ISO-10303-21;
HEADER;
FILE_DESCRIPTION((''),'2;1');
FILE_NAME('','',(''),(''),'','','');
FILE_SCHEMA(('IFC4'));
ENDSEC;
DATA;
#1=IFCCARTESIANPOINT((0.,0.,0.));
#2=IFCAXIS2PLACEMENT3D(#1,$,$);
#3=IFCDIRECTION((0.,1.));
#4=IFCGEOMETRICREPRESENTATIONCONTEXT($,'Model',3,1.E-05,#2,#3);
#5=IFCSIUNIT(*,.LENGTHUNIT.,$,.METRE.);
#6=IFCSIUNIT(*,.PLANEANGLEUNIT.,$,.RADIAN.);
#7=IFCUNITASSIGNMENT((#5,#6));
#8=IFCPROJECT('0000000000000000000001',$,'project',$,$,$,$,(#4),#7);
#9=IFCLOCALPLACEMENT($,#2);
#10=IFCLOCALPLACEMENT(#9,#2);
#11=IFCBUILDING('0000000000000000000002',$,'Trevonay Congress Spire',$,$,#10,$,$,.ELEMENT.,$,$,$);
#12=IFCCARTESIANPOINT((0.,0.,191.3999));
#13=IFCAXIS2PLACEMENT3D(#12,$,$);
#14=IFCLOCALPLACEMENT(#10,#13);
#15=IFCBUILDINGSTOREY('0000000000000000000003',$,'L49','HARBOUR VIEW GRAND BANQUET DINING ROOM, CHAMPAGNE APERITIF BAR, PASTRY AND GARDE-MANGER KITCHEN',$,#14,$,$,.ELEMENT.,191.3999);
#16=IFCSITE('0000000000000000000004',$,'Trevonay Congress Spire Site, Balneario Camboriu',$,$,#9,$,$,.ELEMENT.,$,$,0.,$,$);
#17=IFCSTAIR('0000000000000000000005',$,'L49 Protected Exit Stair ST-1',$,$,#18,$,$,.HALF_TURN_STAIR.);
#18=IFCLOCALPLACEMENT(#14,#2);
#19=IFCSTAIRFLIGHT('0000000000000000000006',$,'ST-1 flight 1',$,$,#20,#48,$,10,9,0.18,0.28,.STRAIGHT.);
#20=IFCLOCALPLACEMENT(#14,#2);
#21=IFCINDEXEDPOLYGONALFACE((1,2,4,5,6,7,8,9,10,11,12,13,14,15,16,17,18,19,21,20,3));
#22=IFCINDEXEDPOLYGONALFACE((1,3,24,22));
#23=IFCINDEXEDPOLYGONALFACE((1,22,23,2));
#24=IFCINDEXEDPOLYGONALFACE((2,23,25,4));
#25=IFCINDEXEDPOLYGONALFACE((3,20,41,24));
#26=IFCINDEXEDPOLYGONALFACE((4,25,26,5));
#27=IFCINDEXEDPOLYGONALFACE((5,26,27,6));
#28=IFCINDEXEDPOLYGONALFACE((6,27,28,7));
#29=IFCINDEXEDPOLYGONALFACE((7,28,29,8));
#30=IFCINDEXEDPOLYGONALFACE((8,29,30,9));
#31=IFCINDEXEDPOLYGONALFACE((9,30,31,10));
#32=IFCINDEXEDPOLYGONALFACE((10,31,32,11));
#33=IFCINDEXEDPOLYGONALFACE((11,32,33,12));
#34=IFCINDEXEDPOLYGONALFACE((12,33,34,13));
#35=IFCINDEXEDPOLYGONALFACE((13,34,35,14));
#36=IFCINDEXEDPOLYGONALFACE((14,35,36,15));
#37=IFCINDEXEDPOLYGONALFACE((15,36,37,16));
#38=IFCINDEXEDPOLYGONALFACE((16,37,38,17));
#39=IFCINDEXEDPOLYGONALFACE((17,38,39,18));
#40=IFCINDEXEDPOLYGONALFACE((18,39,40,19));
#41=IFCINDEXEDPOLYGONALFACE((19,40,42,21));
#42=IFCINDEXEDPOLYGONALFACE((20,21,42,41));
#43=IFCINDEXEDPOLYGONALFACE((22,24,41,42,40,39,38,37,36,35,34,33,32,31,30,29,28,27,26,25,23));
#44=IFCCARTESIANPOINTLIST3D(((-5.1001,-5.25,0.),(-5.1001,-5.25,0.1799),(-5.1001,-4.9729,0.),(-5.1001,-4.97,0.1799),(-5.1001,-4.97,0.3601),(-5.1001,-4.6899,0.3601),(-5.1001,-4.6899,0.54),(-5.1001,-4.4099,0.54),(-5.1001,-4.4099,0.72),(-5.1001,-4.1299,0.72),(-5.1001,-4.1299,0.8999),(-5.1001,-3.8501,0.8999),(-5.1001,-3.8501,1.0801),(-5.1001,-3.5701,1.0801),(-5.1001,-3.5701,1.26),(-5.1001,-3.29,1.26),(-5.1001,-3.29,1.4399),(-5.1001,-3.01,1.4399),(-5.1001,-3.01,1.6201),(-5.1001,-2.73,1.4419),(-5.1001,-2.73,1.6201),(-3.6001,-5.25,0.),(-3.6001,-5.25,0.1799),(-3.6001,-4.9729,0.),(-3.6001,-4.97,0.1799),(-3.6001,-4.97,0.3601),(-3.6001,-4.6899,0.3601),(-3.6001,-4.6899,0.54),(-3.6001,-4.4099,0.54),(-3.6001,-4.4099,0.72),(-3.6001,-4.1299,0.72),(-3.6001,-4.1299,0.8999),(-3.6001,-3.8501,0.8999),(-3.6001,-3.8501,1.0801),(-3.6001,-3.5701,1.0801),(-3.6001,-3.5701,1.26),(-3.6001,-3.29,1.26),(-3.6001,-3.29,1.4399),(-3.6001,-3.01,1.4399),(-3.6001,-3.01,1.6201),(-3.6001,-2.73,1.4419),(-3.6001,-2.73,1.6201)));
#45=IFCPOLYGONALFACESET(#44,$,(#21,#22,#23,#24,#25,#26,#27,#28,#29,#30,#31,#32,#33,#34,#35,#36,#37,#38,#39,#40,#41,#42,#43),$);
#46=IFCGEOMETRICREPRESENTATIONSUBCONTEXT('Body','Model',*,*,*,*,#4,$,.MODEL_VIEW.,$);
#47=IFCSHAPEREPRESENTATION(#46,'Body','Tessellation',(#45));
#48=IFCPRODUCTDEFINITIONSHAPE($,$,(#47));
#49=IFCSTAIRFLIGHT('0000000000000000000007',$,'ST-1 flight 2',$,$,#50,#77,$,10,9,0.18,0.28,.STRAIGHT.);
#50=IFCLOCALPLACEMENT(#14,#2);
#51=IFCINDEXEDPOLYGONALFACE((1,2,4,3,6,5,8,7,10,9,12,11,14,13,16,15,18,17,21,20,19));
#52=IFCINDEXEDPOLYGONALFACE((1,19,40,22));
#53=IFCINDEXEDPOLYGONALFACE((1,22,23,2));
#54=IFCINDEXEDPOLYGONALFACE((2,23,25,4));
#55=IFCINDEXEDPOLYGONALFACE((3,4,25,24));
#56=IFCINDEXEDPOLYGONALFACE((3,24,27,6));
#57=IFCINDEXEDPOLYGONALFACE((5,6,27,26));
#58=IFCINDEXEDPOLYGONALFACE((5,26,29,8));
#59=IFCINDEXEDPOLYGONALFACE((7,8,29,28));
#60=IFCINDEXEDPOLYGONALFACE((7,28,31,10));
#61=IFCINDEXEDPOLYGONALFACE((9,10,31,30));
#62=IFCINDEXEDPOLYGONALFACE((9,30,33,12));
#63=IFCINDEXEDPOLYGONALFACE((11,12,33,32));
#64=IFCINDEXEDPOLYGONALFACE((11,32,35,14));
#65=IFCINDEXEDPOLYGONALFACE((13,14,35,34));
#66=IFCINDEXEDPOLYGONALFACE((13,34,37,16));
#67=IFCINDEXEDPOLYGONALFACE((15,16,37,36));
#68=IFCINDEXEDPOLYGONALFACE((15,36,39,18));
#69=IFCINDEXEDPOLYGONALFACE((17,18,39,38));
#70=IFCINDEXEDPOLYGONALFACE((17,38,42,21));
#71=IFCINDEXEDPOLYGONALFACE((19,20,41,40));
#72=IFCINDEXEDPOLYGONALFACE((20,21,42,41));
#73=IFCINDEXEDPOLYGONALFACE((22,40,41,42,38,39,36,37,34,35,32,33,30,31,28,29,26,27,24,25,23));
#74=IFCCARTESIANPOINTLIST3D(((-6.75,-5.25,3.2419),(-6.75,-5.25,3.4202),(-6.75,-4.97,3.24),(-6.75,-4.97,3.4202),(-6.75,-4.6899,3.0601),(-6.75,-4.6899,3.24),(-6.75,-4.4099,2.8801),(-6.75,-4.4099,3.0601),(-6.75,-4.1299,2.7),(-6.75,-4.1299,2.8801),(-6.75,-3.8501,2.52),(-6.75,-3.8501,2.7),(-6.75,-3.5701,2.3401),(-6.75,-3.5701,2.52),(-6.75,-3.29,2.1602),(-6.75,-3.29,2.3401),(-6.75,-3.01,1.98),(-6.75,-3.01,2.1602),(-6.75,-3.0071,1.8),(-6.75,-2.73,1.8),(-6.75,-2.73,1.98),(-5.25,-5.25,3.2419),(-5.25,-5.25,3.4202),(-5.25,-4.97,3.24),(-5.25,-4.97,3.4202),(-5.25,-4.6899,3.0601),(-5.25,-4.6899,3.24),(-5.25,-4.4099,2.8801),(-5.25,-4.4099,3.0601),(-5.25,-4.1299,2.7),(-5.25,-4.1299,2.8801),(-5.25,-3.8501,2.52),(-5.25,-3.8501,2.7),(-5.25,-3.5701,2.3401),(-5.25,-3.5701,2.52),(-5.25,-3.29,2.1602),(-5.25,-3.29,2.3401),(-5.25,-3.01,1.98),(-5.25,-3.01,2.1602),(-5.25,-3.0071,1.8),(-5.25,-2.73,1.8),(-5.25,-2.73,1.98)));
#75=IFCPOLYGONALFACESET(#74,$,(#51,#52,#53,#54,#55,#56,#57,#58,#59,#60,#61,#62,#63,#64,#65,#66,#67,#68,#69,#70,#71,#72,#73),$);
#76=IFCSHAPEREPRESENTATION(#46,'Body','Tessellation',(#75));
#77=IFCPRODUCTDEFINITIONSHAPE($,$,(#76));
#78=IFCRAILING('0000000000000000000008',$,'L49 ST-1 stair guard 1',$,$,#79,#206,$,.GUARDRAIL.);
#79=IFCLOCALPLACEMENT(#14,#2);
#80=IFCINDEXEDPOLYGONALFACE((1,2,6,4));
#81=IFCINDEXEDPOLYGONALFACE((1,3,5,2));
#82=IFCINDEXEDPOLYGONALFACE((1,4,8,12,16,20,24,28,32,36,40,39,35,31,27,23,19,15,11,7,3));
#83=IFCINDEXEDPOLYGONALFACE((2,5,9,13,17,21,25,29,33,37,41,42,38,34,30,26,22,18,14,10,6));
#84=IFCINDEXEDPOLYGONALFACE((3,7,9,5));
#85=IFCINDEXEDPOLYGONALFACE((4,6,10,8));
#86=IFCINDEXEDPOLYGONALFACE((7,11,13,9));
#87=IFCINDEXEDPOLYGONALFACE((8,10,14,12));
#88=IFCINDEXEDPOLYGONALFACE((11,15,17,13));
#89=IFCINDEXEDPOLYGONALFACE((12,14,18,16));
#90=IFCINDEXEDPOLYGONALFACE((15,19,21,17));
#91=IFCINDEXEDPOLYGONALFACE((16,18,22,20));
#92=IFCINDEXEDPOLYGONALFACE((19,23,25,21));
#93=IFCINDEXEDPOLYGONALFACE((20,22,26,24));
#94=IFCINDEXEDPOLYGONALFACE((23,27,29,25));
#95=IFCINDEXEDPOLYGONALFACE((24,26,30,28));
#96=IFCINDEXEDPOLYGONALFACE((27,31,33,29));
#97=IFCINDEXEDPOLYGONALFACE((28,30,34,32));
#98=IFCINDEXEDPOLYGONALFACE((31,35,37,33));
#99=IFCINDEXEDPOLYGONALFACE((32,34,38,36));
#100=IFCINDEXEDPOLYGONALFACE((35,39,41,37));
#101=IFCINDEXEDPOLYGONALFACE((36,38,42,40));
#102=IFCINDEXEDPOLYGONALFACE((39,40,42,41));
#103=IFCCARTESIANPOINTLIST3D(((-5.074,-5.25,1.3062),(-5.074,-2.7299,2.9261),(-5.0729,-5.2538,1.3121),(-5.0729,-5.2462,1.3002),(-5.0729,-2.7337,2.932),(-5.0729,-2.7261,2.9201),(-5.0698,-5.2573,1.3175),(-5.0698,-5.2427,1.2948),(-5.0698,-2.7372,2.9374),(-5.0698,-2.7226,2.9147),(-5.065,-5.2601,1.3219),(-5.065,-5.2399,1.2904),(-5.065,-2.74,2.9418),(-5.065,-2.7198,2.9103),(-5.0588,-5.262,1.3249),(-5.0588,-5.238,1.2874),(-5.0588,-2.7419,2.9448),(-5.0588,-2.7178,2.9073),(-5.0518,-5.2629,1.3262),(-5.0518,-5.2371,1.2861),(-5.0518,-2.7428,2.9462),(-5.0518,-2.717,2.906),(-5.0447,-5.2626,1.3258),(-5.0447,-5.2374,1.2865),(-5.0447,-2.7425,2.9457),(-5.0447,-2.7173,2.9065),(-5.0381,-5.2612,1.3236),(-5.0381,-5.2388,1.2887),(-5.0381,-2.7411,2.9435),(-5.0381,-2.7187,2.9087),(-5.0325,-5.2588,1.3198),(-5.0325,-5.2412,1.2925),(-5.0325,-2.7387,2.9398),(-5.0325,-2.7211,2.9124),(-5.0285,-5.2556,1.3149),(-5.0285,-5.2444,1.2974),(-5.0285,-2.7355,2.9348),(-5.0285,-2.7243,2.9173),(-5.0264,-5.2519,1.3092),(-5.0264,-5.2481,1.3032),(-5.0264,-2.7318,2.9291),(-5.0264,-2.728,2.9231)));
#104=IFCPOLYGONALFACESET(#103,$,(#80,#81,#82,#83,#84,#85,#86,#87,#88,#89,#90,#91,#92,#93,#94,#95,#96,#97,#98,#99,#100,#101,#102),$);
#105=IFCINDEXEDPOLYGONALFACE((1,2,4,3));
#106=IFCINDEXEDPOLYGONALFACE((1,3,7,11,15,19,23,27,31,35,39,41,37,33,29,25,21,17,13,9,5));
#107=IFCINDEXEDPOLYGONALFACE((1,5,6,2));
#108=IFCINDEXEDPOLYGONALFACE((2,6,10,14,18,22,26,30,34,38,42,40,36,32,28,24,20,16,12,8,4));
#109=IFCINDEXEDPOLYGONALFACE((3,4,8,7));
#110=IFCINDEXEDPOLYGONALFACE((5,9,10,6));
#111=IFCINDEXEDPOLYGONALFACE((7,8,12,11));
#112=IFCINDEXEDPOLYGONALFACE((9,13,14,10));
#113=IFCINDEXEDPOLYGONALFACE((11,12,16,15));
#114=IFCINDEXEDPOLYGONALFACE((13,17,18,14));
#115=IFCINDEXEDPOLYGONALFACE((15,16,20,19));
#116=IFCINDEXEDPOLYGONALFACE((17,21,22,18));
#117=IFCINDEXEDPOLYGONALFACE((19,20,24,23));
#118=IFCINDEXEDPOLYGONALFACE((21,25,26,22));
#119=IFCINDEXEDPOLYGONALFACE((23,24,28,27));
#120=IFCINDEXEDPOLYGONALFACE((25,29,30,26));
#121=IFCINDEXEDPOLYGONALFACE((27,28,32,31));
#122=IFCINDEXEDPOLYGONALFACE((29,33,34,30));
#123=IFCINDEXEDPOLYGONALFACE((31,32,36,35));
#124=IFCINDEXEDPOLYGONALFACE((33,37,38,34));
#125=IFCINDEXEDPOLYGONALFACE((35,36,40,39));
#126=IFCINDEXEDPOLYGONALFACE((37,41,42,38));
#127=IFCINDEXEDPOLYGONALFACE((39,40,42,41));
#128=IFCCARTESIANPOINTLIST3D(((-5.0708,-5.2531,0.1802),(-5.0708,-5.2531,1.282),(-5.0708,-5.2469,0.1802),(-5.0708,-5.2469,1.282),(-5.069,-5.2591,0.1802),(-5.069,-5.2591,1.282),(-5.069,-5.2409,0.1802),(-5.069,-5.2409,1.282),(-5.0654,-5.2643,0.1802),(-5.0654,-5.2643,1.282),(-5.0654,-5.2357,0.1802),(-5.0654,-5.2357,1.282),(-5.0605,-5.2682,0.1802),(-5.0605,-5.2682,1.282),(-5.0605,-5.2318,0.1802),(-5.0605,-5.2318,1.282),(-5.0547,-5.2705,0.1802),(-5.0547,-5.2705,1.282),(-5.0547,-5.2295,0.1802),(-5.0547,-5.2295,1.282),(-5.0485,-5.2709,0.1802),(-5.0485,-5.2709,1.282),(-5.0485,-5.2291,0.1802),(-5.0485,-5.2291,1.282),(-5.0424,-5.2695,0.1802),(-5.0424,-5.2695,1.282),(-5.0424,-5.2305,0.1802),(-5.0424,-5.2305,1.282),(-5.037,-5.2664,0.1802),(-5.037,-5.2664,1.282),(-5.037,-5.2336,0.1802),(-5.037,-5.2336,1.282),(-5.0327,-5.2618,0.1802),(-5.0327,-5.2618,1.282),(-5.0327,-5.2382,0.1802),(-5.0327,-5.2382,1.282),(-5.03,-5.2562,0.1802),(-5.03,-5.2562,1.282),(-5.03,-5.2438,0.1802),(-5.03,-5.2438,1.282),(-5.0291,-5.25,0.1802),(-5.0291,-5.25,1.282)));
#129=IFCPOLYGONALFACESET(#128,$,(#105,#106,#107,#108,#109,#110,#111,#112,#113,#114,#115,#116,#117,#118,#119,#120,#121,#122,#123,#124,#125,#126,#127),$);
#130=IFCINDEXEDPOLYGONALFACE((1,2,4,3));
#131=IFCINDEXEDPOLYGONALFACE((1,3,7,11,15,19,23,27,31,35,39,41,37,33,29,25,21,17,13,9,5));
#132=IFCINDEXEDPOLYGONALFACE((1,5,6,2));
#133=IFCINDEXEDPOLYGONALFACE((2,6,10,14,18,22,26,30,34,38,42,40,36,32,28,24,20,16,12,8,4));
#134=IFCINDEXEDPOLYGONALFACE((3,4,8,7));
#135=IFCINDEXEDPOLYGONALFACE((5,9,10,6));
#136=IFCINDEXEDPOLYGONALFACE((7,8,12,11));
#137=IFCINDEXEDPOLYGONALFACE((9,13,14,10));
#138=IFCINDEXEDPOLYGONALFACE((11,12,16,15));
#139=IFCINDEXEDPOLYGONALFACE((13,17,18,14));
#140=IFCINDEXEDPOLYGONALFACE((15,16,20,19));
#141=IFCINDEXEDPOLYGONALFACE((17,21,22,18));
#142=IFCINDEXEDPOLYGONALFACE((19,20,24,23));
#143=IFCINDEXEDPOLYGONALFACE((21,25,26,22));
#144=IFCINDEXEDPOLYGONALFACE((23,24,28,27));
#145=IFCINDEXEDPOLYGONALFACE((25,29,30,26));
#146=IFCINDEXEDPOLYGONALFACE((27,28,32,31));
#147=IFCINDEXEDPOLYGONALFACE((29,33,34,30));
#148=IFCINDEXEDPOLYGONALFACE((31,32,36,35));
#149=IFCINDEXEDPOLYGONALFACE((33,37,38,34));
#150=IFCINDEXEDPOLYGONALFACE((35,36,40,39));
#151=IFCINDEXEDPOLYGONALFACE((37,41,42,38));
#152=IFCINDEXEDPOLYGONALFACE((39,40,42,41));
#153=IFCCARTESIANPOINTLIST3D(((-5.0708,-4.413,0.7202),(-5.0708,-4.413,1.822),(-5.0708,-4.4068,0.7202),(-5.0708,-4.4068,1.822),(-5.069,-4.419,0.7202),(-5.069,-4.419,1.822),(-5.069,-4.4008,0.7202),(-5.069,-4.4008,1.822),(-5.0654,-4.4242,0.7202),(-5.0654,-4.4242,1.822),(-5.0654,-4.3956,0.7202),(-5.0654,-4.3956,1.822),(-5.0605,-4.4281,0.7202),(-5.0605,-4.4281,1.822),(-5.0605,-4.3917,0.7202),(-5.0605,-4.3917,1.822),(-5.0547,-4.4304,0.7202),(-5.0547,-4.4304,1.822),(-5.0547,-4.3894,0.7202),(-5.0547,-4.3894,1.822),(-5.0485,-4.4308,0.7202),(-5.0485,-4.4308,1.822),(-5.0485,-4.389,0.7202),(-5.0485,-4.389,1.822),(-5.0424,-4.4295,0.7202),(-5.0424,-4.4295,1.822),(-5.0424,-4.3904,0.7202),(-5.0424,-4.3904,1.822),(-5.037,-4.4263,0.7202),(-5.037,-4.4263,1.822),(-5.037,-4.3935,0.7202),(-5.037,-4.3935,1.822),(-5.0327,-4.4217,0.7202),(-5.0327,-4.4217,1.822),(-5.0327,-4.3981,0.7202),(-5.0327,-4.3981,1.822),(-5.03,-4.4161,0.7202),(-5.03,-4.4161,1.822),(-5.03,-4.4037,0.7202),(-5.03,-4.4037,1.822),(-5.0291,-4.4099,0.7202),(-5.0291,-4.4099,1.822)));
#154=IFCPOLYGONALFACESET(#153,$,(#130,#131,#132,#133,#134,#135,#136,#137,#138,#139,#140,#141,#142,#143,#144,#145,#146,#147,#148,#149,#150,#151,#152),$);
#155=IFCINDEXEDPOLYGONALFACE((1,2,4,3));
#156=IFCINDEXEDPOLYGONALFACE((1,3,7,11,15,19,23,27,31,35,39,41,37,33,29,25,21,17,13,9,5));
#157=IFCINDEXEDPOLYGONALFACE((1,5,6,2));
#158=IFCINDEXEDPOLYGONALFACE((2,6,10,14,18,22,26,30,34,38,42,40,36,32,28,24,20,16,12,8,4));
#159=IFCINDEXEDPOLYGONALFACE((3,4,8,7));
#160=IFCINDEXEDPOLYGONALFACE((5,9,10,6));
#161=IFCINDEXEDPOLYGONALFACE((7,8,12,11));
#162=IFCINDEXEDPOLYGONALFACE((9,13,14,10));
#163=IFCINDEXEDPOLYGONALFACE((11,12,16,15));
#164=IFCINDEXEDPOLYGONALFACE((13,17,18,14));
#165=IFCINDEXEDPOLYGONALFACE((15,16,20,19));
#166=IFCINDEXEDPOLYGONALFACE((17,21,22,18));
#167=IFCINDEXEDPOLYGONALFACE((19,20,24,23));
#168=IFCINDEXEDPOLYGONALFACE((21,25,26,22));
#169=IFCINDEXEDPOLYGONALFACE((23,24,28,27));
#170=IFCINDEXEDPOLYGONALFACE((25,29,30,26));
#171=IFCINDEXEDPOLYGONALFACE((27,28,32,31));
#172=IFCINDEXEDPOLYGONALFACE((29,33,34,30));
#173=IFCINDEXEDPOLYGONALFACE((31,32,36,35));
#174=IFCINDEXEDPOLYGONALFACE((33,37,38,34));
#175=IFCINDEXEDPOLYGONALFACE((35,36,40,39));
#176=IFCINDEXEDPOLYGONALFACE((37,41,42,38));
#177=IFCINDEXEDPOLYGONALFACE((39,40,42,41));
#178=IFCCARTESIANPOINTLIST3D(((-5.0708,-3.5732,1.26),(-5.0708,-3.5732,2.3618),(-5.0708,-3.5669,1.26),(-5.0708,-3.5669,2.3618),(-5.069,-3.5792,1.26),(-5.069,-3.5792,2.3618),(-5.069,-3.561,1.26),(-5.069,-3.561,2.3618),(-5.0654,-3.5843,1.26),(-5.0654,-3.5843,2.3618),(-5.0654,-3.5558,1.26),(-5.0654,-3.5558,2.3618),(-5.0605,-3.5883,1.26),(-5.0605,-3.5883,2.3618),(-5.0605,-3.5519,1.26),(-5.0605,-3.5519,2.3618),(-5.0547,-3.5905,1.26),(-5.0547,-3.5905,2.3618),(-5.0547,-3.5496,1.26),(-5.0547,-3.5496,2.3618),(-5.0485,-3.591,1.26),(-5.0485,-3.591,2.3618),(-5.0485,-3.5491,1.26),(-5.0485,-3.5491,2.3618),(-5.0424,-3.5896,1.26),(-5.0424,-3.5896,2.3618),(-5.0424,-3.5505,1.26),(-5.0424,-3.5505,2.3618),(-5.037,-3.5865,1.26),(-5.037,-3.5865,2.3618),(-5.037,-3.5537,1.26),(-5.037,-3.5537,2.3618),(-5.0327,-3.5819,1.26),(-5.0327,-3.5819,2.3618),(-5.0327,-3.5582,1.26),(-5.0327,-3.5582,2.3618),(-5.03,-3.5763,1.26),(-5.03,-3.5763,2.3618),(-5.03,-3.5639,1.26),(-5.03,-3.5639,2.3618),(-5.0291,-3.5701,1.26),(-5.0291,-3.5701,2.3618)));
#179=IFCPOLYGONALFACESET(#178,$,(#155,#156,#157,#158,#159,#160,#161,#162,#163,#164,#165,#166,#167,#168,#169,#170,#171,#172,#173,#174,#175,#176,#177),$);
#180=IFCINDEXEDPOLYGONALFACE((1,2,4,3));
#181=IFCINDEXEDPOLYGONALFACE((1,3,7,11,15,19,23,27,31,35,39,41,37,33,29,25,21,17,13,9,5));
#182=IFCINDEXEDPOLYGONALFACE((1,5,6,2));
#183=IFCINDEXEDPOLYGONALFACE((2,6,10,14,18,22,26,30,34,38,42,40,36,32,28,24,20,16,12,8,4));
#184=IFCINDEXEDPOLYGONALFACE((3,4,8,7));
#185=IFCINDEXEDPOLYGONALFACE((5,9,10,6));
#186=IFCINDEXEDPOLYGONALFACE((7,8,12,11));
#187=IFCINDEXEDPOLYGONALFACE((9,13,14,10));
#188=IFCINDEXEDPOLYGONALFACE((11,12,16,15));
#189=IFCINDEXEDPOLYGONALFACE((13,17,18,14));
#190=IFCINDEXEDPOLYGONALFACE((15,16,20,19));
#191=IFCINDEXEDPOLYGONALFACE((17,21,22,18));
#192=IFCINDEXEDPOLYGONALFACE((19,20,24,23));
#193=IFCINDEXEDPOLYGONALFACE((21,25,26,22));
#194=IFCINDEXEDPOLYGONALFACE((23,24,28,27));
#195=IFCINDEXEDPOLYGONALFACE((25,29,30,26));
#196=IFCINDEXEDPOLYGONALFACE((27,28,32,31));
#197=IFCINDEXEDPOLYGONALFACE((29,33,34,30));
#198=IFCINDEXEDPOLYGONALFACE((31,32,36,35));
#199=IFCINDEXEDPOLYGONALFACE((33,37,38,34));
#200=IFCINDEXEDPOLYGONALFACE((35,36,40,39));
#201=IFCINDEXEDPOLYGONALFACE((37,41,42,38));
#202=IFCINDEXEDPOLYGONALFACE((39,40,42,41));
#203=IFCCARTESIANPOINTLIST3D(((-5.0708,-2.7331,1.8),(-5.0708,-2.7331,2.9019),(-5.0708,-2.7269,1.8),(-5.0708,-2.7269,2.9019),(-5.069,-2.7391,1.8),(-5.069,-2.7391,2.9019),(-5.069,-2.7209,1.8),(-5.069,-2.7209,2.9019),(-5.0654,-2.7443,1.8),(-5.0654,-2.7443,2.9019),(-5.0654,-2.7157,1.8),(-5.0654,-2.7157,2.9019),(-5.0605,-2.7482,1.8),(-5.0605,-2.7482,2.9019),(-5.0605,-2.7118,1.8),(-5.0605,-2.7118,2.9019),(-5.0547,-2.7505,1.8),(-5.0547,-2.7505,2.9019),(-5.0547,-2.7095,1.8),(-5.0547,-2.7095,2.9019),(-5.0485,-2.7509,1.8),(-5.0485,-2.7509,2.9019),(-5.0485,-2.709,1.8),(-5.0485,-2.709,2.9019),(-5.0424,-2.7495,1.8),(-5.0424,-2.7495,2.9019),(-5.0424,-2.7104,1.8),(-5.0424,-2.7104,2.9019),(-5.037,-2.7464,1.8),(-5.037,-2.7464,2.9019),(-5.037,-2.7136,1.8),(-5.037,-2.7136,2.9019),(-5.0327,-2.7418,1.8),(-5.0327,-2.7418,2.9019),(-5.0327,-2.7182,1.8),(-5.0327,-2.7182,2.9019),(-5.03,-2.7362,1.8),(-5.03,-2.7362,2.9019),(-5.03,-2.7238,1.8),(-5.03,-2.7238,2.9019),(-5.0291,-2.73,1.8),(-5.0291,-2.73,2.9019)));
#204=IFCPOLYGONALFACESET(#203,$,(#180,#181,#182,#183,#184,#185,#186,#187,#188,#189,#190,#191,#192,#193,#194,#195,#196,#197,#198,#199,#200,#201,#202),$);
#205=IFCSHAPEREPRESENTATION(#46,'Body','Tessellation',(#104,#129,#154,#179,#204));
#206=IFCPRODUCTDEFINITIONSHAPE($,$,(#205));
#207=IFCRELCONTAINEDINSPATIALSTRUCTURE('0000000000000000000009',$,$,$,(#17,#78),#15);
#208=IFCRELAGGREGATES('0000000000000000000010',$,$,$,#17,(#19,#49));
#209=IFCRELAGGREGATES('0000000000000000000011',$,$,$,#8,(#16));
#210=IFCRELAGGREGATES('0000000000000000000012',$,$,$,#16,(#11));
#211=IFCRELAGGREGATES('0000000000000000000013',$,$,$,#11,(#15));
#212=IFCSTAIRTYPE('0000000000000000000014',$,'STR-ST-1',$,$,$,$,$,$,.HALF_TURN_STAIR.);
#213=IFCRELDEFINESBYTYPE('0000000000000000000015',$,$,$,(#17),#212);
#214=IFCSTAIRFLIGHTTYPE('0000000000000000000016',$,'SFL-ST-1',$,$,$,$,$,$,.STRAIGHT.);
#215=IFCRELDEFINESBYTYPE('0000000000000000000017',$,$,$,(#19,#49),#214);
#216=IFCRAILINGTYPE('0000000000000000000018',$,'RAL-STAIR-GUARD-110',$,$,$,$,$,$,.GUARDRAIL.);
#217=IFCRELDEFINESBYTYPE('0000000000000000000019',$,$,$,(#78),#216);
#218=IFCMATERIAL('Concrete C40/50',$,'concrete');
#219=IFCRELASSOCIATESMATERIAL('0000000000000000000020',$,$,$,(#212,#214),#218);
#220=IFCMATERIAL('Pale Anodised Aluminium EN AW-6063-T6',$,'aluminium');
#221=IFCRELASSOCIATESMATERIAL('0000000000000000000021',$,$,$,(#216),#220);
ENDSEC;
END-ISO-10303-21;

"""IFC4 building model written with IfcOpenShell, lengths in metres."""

from ifc_helpers import new_model, si_unit, direction, frame, origin, origin_2d, place, context, subcontext, project, spatial, polyline, circle, outline, extrude, material, type_object, element, aggregate, save


model = new_model("IFC4")

# Units and contexts
model_context = context("Model", 3, precision=1e-05, world=origin(), true_north=direction((0.0, 1.0)))
body_context = subcontext(model_context, "Body", "Model", "MODEL_VIEW")
ifc_project = project(units=[si_unit("LENGTHUNIT", "METRE"), si_unit("PLANEANGLEUNIT", "RADIAN")], contexts=[model_context])

# Site, building, storey
site_placement = place(None, origin())
site = spatial("IfcSite", under=ifc_project, at=site_placement, Name="Trevonay Congress Spire Site, Balneario Camboriu", CompositionType="ELEMENT", RefElevation=0.0)
building_placement = place(site_placement, origin())
building = spatial("IfcBuilding", under=site, at=building_placement, Name="Trevonay Congress Spire", CompositionType="ELEMENT")
storey_placement = place(building_placement, frame((0.0, 0.0, 191.3999)))
storey = spatial("IfcBuildingStorey", under=building, at=storey_placement, Name="L49", Description="HARBOUR VIEW GRAND BANQUET DINING ROOM, CHAMPAGNE APERITIF BAR, PASTRY AND GARDE-MANGER KITCHEN", CompositionType="ELEMENT", Elevation=191.3999)

# Shared definitions
ifc_material_1 = material(Name="Concrete C40/50", Category="concrete")

# Stair, stair flights
stair_type = type_object("IfcStairType", Name="STR-ST-1", PredefinedType="HALF_TURN_STAIR", material=ifc_material_1)
stair_placement = place(storey_placement, origin())
stair = element("IfcStair", 1, at=stair_placement, inside=storey, type_object=stair_type, Name="L49 Protected Exit Stair ST-1", PredefinedType="HALF_TURN_STAIR")
stair_flight_type = type_object("IfcStairFlightType", Name="SFL-ST-1", PredefinedType="STRAIGHT", material=ifc_material_1)
stair_flight_1_placement = place(storey_placement, frame((-4.3501, -5.25, 0.0), z_axis=(0.0, 0.0, 1.0), x_axis=(0.0, 1.0, 0.0)))
stair_flight_1 = element("IfcStairFlight", 2, at=stair_flight_1_placement, type_object=stair_flight_type, Name="ST-1 flight 1", NumberOfRisers=10, NumberOfTreads=9, PredefinedType="STRAIGHT", RiserHeight=0.18, TreadLength=0.28, context=body_context, shape_type="SweptSolid", body=[
    extrude(outline(polyline([(0.0, 0.0), (0.0, 0.1799), (0.28, 0.1799), (0.28, 0.3601), (0.5601, 0.3601), (0.5601, 0.54), (0.8401, 0.54), (0.8401, 0.72), (1.1201, 0.72), (1.1201, 0.8999), (1.3999, 0.8999), (1.3999, 1.0801), (1.6799, 1.0801), (1.6799, 1.26), (1.96, 1.26), (1.96, 1.4399), (2.24, 1.4399), (2.24, 1.6201), (2.52, 1.6201), (2.52, 1.8), (2.52, 1.4419), (0.2771, 0.0), (0.0, 0.0)])), frame((0.0, 0.75, 0.0), z_axis=(0.0, -1.0, 0.0), x_axis=(1.0, 0.0, 0.0)), (0.0, 0.0, 1.0), 1.5),
])
stair_flight_2_placement = place(storey_placement, frame((-6.0, -2.73, 1.8), z_axis=(0.0, 0.0, 1.0), x_axis=(0.0, -1.0, 0.0)))
stair_flight_2 = element("IfcStairFlight", 3, at=stair_flight_2_placement, type_object=stair_flight_type, Name="ST-1 flight 2", NumberOfRisers=10, NumberOfTreads=9, PredefinedType="STRAIGHT", RiserHeight=0.18, TreadLength=0.28, context=body_context, shape_type="SweptSolid", body=[
    extrude(outline(polyline([(0.0, 0.0), (0.0, 0.1799), (0.28, 0.1799), (0.28, 0.3601), (0.5601, 0.3601), (0.5601, 0.54), (0.8401, 0.54), (0.8401, 0.72), (1.1201, 0.72), (1.1201, 0.8999), (1.3999, 0.8999), (1.3999, 1.0801), (1.6799, 1.0801), (1.6799, 1.26), (1.96, 1.26), (1.96, 1.4399), (2.24, 1.4399), (2.24, 1.6201), (2.52, 1.6201), (2.52, 1.8), (2.52, 1.4419), (0.2771, 0.0), (0.0, 0.0)])), frame((0.0, 0.75, 0.0), z_axis=(0.0, -1.0, 0.0), x_axis=(1.0, 0.0, 0.0)), (0.0, 0.0, 1.0), 1.5),
])
aggregate(stair, [stair_flight_1, stair_flight_2])

# Railing
ifc_material_2 = material(Name="Pale Anodised Aluminium EN AW-6063-T6", Category="aluminium")
railing_type_1 = type_object("IfcRailingType", Name="RAL-STAIR-GUARD-110", PredefinedType="GUARDRAIL", material=ifc_material_2)
railing_1_placement = place(storey_placement, frame((-5.05, -5.25, 0.1802)))
element("IfcRailing", 4, at=railing_1_placement, inside=storey, type_object=railing_type_1, Name="L49 ST-1 stair guard 1", PredefinedType="GUARDRAIL", context=body_context, shape_type="SweptSolid", body=[
    extrude(circle(Radius=0.0239, at=origin_2d()), frame((0.0, 0.0, 1.126), z_axis=(0.0, 0.8412, 0.540725), x_axis=(-1.0, 0.0, 0.0)), (0.0, 0.0, 1.0), 2.9958),
    extrude(circle(Radius=0.021, at=origin_2d()), origin(), (0.0, 0.0, 1.0), 1.1018),
    extrude(circle(Radius=0.021, at=origin_2d()), frame((0.0, 0.8401, 0.54)), (0.0, 0.0, 1.0), 1.1018),
    extrude(circle(Radius=0.021, at=origin_2d()), frame((0.0, 1.6799, 1.0798)), (0.0, 0.0, 1.0), 1.1018),
    extrude(circle(Radius=0.021, at=origin_2d()), frame((0.0, 2.52, 1.6199)), (0.0, 0.0, 1.0), 1.1018),
])

save(model, "model.ifc")
